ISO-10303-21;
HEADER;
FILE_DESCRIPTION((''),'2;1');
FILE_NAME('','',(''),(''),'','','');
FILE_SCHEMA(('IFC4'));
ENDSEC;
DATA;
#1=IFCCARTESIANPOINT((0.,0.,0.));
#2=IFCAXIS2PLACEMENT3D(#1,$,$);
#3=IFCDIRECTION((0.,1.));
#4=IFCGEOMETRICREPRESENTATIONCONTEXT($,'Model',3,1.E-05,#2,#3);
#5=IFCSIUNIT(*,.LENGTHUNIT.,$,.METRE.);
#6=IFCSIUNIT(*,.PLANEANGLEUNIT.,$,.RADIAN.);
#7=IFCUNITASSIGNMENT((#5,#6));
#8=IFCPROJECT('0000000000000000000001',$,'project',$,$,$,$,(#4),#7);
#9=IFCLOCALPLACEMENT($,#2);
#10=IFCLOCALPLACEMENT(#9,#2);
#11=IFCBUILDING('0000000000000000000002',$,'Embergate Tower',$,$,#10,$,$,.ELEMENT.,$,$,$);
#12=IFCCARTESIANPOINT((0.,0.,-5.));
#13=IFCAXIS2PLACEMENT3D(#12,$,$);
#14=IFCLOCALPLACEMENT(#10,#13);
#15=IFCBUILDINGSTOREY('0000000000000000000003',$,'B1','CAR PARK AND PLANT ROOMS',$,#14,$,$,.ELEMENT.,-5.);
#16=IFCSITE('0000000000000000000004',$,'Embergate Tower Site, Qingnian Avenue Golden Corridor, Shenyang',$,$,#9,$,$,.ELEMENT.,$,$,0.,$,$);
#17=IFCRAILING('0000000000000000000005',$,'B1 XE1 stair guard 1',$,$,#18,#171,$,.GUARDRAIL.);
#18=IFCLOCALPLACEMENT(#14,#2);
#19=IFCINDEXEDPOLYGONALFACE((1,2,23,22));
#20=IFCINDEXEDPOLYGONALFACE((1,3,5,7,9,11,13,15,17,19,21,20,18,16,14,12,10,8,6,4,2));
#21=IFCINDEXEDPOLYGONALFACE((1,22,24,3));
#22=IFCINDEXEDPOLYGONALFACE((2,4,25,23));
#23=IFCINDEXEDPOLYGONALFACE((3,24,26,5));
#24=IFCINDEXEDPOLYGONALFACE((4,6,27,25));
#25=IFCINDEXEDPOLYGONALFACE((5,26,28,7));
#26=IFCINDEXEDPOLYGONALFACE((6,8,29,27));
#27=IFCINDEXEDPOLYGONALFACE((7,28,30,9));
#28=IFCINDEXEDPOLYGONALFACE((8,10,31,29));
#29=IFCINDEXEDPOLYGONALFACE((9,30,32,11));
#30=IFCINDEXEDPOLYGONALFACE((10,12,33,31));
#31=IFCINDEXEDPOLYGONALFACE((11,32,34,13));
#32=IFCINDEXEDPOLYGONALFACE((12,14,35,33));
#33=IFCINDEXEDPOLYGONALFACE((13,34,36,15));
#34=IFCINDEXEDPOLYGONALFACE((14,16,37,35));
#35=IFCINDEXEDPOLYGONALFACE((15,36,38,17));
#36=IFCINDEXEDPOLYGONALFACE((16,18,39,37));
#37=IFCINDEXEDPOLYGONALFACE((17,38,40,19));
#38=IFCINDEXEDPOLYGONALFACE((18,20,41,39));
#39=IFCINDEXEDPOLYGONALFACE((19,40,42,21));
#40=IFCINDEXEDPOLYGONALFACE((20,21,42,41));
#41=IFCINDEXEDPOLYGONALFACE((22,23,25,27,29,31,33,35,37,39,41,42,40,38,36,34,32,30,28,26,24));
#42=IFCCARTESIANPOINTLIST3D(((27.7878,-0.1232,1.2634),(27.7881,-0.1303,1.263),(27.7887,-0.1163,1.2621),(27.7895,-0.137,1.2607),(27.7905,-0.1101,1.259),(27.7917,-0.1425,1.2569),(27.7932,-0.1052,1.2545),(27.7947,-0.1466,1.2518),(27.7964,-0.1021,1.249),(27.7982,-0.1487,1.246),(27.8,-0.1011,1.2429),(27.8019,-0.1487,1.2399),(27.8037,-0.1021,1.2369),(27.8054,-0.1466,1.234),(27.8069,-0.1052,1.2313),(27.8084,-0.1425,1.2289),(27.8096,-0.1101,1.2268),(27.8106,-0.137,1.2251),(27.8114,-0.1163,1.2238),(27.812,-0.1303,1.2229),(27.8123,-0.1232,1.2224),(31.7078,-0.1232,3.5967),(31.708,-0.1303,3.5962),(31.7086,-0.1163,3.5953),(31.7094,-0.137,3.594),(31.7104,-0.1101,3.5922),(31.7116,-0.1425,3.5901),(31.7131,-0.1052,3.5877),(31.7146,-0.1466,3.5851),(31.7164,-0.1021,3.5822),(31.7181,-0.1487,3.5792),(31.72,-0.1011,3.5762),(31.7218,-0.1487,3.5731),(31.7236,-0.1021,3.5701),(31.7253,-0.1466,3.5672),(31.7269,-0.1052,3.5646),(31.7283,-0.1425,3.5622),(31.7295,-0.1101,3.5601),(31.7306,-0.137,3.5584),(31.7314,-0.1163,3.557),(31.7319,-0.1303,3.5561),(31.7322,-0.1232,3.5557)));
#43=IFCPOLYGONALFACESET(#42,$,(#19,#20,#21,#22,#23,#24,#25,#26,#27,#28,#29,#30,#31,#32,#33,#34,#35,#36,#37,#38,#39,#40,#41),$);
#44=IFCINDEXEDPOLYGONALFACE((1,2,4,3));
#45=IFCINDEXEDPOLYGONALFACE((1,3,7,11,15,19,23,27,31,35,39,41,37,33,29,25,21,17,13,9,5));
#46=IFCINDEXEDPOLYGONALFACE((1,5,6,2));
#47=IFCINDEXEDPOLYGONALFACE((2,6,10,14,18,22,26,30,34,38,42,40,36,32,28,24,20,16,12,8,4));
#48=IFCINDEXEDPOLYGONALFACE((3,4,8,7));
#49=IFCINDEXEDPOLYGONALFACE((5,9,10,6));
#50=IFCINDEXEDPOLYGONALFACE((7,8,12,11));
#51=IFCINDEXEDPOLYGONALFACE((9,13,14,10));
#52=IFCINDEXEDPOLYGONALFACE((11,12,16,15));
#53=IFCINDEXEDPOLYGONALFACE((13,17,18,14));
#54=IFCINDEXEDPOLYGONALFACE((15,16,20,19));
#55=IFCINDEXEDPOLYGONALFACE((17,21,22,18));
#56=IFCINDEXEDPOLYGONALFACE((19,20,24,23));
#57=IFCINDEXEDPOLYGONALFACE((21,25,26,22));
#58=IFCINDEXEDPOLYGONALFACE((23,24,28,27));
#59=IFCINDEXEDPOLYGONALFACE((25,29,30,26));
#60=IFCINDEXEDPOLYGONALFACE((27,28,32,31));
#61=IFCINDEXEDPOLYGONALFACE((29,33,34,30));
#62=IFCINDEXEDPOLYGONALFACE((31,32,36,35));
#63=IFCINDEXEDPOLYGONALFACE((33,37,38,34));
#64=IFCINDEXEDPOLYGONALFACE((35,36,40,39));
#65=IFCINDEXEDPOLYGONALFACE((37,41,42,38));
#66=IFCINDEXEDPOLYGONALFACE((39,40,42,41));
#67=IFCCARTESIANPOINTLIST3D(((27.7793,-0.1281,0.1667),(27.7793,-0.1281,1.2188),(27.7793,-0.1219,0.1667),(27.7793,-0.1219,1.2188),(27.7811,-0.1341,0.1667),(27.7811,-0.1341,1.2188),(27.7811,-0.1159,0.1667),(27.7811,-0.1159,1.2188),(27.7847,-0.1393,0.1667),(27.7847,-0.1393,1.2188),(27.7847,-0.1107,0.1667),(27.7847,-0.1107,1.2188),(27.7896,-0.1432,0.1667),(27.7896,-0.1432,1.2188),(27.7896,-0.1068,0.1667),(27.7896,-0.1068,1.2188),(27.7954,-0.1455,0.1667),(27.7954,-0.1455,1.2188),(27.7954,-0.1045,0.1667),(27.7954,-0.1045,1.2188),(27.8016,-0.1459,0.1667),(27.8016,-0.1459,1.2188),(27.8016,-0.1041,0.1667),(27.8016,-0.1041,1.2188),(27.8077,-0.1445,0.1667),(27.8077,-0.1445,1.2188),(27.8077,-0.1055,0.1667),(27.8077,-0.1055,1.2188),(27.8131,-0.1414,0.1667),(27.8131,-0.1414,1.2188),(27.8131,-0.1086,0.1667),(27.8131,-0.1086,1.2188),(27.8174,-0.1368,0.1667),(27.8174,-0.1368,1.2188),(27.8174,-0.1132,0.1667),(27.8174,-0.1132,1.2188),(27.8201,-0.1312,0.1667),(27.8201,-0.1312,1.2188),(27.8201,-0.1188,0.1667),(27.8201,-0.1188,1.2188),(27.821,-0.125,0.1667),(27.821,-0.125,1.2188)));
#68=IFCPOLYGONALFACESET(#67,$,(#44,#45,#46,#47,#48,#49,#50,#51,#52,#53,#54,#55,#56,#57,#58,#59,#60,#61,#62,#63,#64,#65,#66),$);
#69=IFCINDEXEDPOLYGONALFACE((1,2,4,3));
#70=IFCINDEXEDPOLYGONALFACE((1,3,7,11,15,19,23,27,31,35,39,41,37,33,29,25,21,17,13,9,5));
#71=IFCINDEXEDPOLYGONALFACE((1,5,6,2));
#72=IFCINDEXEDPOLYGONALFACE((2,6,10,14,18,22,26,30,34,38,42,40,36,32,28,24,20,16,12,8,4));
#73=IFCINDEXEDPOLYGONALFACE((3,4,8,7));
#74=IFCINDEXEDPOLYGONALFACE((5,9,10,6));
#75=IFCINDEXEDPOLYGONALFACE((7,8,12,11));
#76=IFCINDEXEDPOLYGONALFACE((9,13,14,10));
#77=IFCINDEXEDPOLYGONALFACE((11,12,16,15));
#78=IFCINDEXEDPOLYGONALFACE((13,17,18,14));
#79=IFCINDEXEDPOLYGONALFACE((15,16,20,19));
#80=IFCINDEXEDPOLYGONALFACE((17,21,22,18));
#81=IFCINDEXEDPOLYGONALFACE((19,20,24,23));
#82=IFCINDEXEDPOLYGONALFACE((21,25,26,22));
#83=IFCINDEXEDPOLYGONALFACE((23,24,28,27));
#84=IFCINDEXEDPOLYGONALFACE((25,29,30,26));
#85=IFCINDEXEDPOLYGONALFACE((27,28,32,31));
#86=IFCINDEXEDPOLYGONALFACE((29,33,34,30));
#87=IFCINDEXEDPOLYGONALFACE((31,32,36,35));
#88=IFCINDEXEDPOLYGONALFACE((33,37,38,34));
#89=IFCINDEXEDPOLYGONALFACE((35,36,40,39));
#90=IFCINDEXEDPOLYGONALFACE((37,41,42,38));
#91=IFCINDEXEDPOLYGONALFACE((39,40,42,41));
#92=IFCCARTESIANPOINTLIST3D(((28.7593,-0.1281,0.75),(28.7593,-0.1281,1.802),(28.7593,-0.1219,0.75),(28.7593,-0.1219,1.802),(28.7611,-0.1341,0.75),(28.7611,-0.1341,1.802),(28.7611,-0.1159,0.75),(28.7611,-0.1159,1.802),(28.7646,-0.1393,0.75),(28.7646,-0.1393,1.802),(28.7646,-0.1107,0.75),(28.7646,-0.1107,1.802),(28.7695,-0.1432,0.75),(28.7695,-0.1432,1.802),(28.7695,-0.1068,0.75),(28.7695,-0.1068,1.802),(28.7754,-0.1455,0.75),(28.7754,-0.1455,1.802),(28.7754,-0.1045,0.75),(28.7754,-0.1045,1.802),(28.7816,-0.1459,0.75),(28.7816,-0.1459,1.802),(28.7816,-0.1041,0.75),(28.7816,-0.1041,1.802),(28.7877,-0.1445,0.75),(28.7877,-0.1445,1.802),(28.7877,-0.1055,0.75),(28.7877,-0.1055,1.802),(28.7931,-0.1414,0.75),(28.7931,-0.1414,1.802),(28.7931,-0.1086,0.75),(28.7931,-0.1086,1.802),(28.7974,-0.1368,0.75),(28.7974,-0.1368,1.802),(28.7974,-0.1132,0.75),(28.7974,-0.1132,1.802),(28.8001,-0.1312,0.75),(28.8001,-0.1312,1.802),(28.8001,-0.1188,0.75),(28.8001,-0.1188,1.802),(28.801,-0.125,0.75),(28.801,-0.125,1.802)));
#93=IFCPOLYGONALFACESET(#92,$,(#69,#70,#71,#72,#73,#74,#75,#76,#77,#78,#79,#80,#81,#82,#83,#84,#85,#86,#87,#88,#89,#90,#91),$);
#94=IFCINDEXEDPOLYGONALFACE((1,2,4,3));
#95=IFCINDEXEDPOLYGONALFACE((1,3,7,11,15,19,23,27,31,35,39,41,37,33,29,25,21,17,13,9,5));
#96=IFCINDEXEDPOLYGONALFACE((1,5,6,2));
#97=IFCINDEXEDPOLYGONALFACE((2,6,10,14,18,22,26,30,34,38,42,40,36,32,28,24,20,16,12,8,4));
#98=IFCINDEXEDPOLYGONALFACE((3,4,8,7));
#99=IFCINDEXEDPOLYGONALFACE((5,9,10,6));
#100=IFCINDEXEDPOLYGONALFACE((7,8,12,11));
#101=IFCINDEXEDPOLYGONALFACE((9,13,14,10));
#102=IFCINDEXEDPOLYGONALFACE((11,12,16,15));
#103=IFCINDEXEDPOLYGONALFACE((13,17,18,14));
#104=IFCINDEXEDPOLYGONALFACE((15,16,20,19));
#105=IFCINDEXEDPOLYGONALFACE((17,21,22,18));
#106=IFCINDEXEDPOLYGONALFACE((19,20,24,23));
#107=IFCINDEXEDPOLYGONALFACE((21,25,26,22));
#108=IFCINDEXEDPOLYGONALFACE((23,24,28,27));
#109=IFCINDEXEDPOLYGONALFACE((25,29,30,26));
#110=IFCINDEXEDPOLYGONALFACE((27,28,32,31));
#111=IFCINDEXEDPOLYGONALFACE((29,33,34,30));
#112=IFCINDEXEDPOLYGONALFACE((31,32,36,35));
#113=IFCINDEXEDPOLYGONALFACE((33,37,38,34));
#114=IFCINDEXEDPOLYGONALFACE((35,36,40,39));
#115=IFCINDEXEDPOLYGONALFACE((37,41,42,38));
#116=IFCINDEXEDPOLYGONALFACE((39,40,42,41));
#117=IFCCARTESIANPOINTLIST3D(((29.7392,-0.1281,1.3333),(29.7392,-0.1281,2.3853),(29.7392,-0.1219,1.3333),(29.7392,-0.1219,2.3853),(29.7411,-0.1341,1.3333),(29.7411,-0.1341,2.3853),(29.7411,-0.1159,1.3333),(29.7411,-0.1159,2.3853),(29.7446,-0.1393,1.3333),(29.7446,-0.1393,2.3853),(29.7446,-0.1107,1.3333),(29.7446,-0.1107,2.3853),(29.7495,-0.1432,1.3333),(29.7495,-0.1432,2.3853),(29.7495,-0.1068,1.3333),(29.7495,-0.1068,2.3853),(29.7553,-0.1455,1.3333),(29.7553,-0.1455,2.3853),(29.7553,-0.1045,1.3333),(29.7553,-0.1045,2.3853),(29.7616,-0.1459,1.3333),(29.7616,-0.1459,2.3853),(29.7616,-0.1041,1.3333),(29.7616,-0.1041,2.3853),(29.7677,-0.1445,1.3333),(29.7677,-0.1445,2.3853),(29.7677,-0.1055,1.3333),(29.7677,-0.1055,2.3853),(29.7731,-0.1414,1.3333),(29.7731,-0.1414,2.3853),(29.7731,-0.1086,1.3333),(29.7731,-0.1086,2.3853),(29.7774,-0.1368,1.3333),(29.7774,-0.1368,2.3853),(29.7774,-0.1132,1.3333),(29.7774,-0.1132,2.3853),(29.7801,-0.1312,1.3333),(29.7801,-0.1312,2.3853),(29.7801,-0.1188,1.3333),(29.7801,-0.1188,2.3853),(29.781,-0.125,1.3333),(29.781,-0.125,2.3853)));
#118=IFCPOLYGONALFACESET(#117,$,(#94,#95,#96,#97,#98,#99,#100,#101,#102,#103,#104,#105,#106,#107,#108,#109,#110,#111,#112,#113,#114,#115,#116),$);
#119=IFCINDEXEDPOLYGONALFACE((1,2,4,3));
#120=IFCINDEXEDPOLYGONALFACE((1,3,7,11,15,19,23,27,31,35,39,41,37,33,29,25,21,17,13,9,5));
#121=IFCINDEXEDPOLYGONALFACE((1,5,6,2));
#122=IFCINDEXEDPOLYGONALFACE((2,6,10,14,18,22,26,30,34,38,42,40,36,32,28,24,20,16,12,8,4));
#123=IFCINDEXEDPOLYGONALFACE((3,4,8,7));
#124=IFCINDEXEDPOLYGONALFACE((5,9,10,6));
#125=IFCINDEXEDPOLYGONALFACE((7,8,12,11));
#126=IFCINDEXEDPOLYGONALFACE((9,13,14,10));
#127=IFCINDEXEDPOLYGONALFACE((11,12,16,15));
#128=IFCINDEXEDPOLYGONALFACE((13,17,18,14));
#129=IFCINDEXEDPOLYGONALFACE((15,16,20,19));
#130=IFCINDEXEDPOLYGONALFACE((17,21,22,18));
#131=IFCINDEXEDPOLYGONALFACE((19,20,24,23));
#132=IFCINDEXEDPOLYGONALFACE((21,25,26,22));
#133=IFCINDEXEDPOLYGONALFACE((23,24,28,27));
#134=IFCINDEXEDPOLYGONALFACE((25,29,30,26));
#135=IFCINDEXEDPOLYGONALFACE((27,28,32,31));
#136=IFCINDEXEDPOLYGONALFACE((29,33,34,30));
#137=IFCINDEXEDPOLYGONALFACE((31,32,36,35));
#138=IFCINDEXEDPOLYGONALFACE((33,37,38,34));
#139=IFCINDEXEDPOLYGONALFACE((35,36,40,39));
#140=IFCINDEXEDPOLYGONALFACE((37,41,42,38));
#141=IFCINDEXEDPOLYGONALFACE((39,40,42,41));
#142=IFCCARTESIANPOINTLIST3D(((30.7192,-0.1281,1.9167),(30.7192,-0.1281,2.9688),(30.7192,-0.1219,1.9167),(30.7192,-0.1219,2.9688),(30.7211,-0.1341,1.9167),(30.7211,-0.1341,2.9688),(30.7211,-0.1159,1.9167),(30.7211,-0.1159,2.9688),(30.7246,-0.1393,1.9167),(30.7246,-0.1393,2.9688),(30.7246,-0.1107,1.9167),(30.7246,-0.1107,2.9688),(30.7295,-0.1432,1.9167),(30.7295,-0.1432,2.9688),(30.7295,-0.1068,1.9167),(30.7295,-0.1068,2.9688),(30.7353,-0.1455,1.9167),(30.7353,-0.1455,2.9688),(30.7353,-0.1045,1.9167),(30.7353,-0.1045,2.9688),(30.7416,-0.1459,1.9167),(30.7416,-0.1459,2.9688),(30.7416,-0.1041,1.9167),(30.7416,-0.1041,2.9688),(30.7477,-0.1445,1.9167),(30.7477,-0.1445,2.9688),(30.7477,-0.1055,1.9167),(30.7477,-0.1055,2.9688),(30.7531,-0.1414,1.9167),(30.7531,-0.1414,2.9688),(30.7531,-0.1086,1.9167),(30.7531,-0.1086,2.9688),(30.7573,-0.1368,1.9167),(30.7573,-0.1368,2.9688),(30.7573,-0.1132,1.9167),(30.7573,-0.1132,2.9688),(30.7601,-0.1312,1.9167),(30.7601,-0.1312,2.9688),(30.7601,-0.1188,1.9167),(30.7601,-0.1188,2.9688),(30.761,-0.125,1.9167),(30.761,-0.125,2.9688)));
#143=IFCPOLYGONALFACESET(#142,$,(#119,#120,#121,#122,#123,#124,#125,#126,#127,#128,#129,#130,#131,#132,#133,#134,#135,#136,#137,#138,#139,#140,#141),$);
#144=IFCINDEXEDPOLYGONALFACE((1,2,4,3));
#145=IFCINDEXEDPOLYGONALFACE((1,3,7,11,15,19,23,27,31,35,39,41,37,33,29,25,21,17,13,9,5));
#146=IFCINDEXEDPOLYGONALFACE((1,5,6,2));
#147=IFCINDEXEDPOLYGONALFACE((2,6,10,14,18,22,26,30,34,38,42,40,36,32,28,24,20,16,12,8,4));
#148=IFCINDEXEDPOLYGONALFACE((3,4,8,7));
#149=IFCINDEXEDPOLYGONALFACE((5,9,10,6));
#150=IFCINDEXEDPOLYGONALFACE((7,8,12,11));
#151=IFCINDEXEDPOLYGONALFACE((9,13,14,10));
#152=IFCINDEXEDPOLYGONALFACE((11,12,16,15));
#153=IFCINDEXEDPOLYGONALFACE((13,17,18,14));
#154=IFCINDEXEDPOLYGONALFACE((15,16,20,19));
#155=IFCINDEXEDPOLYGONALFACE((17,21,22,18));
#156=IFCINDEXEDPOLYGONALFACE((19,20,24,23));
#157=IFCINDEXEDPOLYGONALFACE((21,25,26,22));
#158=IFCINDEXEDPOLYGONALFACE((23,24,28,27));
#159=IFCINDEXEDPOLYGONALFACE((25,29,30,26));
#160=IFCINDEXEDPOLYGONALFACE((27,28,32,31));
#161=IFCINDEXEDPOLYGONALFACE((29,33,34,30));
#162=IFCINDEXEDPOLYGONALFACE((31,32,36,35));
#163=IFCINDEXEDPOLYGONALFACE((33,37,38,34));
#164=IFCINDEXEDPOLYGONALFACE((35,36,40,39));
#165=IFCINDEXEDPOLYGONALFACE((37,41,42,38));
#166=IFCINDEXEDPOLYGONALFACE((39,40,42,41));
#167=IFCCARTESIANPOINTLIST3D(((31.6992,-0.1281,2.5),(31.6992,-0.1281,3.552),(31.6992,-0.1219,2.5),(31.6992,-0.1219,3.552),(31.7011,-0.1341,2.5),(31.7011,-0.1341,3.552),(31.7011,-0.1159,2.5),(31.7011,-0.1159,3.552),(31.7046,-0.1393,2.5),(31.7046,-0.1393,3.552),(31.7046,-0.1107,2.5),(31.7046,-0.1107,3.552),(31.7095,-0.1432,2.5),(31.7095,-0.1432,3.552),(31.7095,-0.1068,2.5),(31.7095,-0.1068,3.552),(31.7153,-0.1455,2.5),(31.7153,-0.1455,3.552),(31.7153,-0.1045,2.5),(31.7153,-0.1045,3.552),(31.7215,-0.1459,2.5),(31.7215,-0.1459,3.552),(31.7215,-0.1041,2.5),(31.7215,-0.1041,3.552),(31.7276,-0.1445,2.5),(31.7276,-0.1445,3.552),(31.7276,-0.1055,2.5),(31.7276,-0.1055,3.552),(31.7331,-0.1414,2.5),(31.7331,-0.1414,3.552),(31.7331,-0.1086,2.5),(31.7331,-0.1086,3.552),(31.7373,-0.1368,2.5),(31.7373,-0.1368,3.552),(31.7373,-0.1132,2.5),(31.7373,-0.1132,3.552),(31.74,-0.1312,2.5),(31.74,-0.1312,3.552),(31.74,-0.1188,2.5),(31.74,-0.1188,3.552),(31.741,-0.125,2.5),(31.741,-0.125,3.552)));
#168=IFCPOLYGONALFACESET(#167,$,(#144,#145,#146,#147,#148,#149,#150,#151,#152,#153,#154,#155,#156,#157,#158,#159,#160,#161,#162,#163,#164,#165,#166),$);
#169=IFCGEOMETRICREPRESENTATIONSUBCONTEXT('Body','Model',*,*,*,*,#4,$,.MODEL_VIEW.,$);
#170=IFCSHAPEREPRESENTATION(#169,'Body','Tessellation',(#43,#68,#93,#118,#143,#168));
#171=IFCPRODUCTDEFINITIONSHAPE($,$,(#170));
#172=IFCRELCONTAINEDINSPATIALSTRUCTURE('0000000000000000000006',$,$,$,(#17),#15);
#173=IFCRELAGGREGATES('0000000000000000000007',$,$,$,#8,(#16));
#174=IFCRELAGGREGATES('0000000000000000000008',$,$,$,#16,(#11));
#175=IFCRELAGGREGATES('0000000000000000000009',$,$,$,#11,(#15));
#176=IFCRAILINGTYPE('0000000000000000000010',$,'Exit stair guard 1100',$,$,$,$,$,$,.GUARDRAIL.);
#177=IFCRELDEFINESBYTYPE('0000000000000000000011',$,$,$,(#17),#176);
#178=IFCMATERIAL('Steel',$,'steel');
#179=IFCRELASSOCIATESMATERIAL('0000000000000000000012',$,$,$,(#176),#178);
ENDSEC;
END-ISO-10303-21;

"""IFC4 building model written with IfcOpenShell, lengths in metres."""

from ifc_helpers import new_model, si_unit, direction, frame, origin, origin_2d, place, context, subcontext, project, spatial, circle, extrude, source, transform, mapped, material, type_object, element, save


model = new_model("IFC4")

# Units and contexts
model_context = context("Model", 3, precision=1e-05, world=origin(), true_north=direction((0.0, 1.0)))
body_context = subcontext(model_context, "Body", "Model", "MODEL_VIEW")
ifc_project = project(units=[si_unit("LENGTHUNIT", "METRE"), si_unit("PLANEANGLEUNIT", "RADIAN")], contexts=[model_context])

# Site, building, storey
site_placement = place(None, origin())
site = spatial("IfcSite", under=ifc_project, at=site_placement, Name="Embergate Tower Site, Qingnian Avenue Golden Corridor, Shenyang", CompositionType="ELEMENT", RefElevation=0.0)
building_placement = place(site_placement, origin())
building = spatial("IfcBuilding", under=site, at=building_placement, Name="Embergate Tower", CompositionType="ELEMENT")
storey_placement = place(building_placement, frame((0.0, 0.0, -5.0)))
storey = spatial("IfcBuildingStorey", under=building, at=storey_placement, Name="B1", Description="CAR PARK AND PLANT ROOMS", CompositionType="ELEMENT", Elevation=-5.0)

# Railing
ifc_material_1 = material(Name="Steel", Category="steel")
railing_type_1 = type_object("IfcRailingType", Name="Exit stair guard 1100", PredefinedType="GUARDRAIL", material=ifc_material_1)
shared_shape_1 = source(origin(), body_context, "Body", "SweptSolid", [
    extrude(circle(Radius=0.0239, at=origin_2d()), frame((0.0, 0.0, 1.0762), z_axis=(0.859296, 0.0, 0.511478), x_axis=(0.0, 1.0, 0.0)), (0.0, 0.0, 1.0), 4.5618),
    extrude(circle(Radius=0.021, at=origin_2d()), origin(), (0.0, 0.0, 1.0), 1.052),
    extrude(circle(Radius=0.021, at=origin_2d()), frame((0.98, 0.0, 0.5833)), (0.0, 0.0, 1.0), 1.052),
    extrude(circle(Radius=0.021, at=origin_2d()), frame((1.96, 0.0, 1.1665)), (0.0, 0.0, 1.0), 1.052),
    extrude(circle(Radius=0.021, at=origin_2d()), frame((2.9399, 0.0, 1.75)), (0.0, 0.0, 1.0), 1.052),
    extrude(circle(Radius=0.021, at=origin_2d()), frame((3.9199, 0.0, 2.3333)), (0.0, 0.0, 1.0), 1.052),
])
railing_1_placement = place(storey_placement, frame((27.8, -0.125, 0.1667)))
element("IfcRailing", 1, at=railing_1_placement, inside=storey, type_object=railing_type_1, Name="B1 XE1 stair guard 1", PredefinedType="GUARDRAIL", context=body_context, shape_type="MappedRepresentation", body=[
    mapped(shared_shape_1, transform((0.0, 0.0, 0.0))),
])

save(model, "model.ifc")
